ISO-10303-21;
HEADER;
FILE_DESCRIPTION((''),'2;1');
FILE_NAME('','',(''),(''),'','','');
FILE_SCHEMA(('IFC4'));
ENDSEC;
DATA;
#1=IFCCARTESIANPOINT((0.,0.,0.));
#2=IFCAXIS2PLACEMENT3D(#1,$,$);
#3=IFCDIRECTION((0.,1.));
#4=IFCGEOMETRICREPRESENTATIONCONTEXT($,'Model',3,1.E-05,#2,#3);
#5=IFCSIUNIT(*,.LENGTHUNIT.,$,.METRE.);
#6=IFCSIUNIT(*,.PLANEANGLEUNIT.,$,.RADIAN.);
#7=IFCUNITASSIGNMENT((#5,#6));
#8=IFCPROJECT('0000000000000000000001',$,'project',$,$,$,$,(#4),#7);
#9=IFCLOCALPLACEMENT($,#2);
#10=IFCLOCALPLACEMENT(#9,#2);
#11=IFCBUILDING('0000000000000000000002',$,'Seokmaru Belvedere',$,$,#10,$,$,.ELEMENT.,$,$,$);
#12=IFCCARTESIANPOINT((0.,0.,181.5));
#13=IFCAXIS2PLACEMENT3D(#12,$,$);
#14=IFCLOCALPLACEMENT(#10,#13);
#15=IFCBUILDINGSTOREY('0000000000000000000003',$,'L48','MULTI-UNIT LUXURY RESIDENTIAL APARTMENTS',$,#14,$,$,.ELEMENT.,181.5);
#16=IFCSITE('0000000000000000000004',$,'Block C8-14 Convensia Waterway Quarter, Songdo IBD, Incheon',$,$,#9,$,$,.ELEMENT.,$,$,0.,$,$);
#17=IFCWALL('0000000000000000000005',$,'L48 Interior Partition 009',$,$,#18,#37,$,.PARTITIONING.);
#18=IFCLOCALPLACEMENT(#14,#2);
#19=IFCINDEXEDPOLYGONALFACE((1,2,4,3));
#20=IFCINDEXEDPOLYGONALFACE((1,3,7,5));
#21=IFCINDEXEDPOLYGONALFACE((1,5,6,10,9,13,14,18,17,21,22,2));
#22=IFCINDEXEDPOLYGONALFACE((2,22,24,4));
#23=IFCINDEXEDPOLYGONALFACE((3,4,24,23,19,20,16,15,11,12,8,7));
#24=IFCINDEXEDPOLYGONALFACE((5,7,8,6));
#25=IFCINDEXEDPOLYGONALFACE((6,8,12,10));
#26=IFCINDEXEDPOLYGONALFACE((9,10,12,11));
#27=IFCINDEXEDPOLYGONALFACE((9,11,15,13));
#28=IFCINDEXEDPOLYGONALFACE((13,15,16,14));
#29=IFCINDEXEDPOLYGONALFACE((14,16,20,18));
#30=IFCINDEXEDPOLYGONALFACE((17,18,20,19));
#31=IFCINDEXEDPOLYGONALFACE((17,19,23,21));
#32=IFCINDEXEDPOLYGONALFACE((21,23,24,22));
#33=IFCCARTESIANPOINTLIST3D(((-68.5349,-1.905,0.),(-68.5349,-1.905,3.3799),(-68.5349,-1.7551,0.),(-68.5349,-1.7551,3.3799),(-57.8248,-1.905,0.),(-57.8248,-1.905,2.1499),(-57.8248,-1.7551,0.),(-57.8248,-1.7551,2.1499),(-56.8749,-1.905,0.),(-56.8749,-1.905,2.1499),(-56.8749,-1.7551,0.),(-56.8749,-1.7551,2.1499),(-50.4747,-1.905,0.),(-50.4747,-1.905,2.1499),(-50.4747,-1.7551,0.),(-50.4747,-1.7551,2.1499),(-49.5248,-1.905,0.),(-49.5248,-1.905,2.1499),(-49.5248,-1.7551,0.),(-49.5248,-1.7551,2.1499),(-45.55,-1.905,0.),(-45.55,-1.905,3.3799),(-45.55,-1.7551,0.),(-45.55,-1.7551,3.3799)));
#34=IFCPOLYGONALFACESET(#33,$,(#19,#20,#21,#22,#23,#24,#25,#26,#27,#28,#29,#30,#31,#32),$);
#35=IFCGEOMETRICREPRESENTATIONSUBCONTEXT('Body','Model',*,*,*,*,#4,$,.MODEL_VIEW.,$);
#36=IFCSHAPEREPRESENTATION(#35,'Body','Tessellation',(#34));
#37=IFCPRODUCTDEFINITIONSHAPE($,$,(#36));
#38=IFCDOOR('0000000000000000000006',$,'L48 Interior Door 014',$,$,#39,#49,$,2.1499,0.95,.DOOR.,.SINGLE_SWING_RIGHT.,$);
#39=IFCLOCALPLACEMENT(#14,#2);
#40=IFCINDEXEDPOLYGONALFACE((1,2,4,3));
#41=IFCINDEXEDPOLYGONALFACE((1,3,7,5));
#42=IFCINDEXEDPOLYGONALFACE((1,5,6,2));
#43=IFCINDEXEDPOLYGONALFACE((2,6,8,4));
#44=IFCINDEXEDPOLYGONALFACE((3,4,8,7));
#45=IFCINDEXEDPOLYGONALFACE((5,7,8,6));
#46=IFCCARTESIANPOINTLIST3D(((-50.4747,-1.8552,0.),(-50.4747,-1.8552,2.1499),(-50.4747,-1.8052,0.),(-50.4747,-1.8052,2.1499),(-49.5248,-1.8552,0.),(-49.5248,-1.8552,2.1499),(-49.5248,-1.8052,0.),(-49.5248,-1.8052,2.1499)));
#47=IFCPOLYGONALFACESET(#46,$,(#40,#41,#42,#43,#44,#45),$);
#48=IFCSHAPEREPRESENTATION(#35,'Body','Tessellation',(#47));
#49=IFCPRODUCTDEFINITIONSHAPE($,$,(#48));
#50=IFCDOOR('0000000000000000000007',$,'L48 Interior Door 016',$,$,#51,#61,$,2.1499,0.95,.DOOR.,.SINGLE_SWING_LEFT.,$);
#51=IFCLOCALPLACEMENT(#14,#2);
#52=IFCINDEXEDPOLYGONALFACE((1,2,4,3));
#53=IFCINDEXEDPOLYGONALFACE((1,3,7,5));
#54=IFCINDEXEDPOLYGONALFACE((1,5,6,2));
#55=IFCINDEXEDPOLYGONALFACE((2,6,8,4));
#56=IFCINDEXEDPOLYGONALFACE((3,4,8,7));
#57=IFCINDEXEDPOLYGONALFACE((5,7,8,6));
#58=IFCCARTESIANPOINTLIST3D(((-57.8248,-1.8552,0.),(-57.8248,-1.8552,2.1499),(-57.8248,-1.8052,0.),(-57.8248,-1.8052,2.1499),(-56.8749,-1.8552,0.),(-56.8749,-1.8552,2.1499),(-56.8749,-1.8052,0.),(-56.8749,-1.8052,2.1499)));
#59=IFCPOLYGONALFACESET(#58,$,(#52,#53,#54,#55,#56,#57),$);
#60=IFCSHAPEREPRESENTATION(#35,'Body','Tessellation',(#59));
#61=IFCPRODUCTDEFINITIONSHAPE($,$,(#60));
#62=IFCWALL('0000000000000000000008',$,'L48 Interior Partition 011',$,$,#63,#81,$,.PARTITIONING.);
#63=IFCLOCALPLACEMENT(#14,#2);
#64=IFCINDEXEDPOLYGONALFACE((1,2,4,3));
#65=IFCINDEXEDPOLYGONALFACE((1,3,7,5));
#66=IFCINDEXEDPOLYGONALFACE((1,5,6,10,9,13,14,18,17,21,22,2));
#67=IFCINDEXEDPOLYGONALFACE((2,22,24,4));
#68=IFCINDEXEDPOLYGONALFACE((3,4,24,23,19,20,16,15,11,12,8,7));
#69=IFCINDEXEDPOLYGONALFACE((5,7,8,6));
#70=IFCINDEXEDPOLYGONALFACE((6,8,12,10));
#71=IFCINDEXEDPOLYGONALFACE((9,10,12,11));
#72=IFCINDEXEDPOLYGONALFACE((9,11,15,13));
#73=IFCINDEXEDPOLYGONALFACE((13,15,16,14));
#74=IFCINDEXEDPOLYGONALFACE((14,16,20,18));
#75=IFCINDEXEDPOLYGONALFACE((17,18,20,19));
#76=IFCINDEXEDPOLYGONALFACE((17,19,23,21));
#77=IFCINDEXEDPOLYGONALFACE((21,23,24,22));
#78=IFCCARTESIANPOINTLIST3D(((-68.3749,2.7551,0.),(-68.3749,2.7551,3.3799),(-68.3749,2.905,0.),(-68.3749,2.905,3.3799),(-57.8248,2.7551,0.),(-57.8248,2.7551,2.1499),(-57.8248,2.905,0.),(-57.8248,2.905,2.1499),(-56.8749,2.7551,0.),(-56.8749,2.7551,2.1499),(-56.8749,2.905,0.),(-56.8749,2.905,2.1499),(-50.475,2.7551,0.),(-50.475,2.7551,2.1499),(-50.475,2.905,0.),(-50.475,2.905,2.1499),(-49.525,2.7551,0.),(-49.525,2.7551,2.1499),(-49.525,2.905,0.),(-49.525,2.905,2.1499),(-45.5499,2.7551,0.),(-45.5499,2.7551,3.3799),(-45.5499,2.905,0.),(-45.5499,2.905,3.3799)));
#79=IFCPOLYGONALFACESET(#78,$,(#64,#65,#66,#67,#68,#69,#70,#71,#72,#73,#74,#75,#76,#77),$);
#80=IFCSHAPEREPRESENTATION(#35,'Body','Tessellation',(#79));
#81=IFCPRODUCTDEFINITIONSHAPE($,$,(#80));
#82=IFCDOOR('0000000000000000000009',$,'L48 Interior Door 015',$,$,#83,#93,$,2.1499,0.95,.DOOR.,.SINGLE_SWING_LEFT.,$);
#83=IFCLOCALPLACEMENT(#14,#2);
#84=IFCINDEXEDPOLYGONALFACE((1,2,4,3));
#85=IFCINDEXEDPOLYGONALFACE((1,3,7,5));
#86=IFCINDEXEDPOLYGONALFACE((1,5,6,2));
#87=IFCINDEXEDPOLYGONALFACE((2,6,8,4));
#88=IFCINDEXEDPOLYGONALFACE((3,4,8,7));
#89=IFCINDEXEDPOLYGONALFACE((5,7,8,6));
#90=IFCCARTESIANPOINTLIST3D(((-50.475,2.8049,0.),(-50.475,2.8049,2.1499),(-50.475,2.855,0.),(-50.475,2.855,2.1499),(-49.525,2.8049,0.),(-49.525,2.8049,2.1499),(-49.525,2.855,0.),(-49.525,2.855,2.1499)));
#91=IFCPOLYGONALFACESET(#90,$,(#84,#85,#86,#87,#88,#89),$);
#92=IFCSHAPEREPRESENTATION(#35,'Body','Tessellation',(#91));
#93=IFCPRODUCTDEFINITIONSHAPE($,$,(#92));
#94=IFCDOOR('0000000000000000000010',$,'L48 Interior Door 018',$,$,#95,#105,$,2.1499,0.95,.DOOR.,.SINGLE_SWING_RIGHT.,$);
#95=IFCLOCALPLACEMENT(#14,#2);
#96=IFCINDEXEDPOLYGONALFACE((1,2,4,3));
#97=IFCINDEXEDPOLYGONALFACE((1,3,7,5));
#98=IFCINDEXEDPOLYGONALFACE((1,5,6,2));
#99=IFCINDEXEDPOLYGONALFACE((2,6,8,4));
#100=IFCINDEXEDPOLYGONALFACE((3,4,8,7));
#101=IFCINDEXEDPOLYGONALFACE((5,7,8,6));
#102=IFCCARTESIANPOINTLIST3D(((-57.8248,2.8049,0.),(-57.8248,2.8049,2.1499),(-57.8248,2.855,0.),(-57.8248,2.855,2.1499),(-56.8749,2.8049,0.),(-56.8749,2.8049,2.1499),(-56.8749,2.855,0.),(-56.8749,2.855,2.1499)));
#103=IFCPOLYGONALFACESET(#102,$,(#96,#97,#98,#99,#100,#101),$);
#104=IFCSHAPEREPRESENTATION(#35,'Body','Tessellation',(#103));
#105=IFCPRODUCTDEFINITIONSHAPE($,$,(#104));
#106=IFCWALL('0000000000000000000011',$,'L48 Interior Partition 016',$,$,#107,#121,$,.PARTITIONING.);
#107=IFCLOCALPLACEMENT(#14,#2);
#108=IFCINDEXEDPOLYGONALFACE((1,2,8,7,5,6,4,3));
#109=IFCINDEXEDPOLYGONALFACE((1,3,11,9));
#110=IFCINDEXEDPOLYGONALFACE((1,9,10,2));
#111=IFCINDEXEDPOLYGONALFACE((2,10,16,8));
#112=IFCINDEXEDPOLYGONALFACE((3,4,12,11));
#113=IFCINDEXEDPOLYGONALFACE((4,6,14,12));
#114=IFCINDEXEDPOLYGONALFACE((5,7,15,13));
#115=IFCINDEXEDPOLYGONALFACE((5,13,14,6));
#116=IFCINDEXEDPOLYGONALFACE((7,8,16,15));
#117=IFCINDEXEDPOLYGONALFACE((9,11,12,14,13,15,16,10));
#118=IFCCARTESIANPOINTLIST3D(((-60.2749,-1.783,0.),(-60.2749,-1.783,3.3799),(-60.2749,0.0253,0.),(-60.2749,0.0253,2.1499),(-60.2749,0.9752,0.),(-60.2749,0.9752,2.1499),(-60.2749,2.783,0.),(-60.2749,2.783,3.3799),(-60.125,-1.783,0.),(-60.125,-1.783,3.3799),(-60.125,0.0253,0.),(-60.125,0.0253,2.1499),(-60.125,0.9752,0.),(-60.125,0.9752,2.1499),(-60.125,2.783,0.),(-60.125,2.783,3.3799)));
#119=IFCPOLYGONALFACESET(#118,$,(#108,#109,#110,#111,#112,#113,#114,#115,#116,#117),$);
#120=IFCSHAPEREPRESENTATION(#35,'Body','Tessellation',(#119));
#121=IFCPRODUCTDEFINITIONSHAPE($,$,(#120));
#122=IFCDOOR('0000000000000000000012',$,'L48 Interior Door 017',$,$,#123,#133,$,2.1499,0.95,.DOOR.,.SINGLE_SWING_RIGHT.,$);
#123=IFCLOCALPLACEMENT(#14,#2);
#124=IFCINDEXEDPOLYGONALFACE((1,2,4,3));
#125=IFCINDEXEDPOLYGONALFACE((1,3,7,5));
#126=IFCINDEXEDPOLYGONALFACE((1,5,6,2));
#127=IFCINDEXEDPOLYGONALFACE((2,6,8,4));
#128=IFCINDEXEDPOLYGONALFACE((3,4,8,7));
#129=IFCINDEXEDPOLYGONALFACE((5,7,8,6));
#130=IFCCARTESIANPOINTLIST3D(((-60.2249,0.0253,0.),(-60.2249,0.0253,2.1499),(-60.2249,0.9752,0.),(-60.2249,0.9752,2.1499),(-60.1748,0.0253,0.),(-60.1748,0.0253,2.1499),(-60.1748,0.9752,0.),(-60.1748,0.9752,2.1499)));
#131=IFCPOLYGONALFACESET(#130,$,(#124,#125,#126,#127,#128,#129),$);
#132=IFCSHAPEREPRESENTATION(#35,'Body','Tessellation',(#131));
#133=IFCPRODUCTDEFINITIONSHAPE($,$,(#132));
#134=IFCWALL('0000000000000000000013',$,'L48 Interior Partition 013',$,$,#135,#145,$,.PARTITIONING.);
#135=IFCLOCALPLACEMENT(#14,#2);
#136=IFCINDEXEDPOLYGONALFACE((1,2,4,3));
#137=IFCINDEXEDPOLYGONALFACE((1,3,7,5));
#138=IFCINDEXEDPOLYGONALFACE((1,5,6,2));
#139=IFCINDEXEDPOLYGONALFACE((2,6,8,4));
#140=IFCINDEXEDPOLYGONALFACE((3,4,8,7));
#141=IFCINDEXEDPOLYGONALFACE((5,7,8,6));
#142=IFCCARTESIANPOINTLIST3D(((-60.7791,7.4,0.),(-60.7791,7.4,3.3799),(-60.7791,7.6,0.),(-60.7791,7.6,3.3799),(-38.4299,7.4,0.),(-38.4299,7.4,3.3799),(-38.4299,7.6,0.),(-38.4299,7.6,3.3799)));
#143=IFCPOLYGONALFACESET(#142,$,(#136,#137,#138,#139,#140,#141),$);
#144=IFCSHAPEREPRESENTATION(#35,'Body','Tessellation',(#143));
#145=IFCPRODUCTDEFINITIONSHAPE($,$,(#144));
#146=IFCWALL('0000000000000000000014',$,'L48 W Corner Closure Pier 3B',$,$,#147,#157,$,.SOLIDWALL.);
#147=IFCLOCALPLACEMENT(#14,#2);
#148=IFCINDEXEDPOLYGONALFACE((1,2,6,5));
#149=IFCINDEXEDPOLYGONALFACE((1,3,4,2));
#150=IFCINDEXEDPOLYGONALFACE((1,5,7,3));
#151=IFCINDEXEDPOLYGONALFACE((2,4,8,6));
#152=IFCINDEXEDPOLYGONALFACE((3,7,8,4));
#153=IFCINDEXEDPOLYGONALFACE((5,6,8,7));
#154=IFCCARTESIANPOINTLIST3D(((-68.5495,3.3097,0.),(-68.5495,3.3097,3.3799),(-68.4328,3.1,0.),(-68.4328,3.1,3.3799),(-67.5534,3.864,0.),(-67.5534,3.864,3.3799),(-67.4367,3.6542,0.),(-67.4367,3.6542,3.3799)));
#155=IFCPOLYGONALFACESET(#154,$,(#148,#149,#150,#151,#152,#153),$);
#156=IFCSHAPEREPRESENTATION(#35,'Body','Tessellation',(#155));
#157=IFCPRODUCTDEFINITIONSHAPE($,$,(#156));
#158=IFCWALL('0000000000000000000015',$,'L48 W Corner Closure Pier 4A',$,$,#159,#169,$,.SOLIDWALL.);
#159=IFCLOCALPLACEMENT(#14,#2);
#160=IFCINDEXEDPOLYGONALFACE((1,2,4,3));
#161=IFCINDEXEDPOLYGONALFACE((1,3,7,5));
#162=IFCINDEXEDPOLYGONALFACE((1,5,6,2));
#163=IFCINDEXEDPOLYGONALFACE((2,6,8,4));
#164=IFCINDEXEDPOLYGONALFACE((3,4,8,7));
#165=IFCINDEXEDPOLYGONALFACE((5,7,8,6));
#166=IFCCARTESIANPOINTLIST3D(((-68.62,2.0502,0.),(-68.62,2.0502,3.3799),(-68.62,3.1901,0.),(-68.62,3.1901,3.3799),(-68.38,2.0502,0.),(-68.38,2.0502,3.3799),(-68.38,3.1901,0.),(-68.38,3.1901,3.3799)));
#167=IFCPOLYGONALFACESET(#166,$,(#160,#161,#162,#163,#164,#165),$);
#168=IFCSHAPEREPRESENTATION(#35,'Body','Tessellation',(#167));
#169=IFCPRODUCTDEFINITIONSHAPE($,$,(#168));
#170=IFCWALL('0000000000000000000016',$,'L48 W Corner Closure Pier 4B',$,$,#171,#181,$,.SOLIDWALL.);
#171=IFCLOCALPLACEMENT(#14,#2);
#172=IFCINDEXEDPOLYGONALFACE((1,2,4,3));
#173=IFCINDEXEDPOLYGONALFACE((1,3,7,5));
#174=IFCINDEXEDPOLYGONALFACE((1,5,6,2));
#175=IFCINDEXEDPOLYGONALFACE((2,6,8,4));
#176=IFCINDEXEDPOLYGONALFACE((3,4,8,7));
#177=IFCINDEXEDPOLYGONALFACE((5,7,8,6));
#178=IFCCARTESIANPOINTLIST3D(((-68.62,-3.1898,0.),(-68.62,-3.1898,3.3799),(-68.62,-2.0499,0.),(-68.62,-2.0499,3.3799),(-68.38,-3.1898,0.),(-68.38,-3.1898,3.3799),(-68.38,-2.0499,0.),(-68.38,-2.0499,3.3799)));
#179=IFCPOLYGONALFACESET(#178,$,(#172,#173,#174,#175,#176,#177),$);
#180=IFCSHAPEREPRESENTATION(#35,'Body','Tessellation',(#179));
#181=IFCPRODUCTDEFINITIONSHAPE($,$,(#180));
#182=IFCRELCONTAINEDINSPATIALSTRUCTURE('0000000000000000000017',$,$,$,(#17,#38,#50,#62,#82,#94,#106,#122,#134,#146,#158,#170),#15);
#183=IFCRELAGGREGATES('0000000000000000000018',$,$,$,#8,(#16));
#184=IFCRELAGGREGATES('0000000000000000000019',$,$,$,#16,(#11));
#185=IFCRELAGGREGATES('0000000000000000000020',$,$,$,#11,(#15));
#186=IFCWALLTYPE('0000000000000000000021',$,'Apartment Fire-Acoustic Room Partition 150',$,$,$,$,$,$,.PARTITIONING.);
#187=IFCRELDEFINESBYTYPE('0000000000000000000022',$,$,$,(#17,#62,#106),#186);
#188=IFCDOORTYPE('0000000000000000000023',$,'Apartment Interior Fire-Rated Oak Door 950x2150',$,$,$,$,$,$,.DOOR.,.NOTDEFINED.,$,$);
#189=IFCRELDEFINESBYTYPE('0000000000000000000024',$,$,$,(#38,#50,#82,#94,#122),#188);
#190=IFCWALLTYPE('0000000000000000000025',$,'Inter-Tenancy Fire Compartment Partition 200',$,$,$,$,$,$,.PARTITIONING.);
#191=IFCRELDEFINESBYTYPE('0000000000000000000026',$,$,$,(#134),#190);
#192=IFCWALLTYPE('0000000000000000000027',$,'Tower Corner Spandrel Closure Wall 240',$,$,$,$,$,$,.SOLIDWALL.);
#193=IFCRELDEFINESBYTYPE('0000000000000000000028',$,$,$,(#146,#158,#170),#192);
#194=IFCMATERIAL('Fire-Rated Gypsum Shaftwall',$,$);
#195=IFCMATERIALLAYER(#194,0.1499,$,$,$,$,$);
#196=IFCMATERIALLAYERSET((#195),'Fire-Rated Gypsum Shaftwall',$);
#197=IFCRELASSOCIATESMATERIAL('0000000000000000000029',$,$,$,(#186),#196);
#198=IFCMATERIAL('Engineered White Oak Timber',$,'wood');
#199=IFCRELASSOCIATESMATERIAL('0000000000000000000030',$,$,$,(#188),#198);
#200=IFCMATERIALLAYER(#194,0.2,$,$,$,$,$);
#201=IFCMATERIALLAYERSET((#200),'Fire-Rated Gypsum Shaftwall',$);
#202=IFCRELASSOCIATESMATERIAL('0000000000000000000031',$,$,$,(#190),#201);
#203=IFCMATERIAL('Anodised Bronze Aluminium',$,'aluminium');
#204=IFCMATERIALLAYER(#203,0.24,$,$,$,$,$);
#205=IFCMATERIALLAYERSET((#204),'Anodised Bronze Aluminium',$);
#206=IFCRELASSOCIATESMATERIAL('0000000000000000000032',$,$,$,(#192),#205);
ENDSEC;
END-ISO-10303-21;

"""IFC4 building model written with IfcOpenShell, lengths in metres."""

from ifc_helpers import new_model, si_unit, direction, frame, frame_2d, origin, place, context, subcontext, project, spatial, rectangle, extrude, source, transform, mapped, material, layer, layer_set, type_object, type_shapes, element, fill, save


model = new_model("IFC4")

# Units and contexts
model_context = context("Model", 3, precision=1e-05, world=origin(), true_north=direction((0.0, 1.0)))
body_context = subcontext(model_context, "Body", "Model", "MODEL_VIEW")
ifc_project = project(units=[si_unit("LENGTHUNIT", "METRE"), si_unit("PLANEANGLEUNIT", "RADIAN")], contexts=[model_context])

# Site, building, storey
site_placement = place(None, origin())
site = spatial("IfcSite", under=ifc_project, at=site_placement, Name="Block C8-14 Convensia Waterway Quarter, Songdo IBD, Incheon", CompositionType="ELEMENT", RefElevation=0.0)
building_placement = place(site_placement, origin())
building = spatial("IfcBuilding", under=site, at=building_placement, Name="Seokmaru Belvedere", CompositionType="ELEMENT")
storey_placement = place(building_placement, frame((0.0, 0.0, 181.5)))
storey = spatial("IfcBuildingStorey", under=building, at=storey_placement, Name="L48", Description="MULTI-UNIT LUXURY RESIDENTIAL APARTMENTS", CompositionType="ELEMENT", Elevation=181.5)

# Shared definitions
ifc_material_1 = material(Name="Anodised Bronze Aluminium", Category="aluminium")

# Walls, openings, doors
ifc_material_2 = material(Name="Fire-Rated Gypsum Shaftwall")
ifc_layer_1 = layer(ifc_material_2, 0.1499)
ifc_layer_set_1 = layer_set([ifc_layer_1], Name="Fire-Rated Gypsum Shaftwall")
wall_type_1 = type_object("IfcWallType", Name="Apartment Fire-Acoustic Room Partition 150", PredefinedType="PARTITIONING", material=ifc_layer_set_1)
wall_1_placement = place(storey_placement, frame((-68.5349, -1.8301, 0.0), z_axis=(0.0, 0.0, 1.0), x_axis=(1.0, 0.0, 0.0)))
wall_1 = element("IfcWall", 1, at=wall_1_placement, inside=storey, type_object=wall_type_1, Name="L48 Interior Partition 009", PredefinedType="PARTITIONING", context=body_context, shape_type="SweptSolid", body=[
    extrude(rectangle(XDim=22.9849, YDim=0.1499, at=frame_2d((11.4924, 0.0))), origin(), (0.0, 0.0, 1.0), 3.3799),
])
opening_1_placement = place(wall_1_placement, frame((18.0601, 0.0, 0.0)))
opening_1 = element("IfcOpeningElement", 2, at=opening_1_placement, cuts=wall_1, PredefinedType="OPENING", context=body_context, shape_type="SweptSolid", body=[
    extrude(rectangle(XDim=0.95, YDim=2.1499, at=frame_2d((0.4751, 1.075))), frame((0.0, 0.085, 0.0), z_axis=(0.0, -1.0, 0.0), x_axis=(1.0, 0.0, 0.0)), (0.0, 0.0, 1.0), 0.1699),
])
opening_2_placement = place(wall_1_placement, frame((10.71, 0.0, 0.0)))
opening_2 = element("IfcOpeningElement", 3, at=opening_2_placement, cuts=wall_1, PredefinedType="OPENING", context=body_context, shape_type="SweptSolid", body=[
    extrude(rectangle(XDim=0.95, YDim=2.1499, at=frame_2d((0.4751, 1.075))), frame((0.0, 0.085, 0.0), z_axis=(0.0, -1.0, 0.0), x_axis=(1.0, 0.0, 0.0)), (0.0, 0.0, 1.0), 0.1699),
])
ifc_material_3 = material(Name="Engineered White Oak Timber", Category="wood")
door_type = type_object("IfcDoorType", Name="Apartment Interior Fire-Rated Oak Door 950x2150", OperationType="NOTDEFINED", PredefinedType="DOOR", material=ifc_material_3)
shared_shape_1 = source(origin(), body_context, "Body", "SweptSolid", [
    extrude(rectangle(XDim=0.95, YDim=2.1499, at=frame_2d((0.4751, 1.075))), frame((0.0, 0.0249, 0.0), z_axis=(0.0, -1.0, 0.0), x_axis=(1.0, 0.0, 0.0)), (0.0, 0.0, 1.0), 0.05),
])
type_shapes(door_type, [shared_shape_1])
door_1_placement = place(opening_1_placement, origin())
door_1 = element("IfcDoor", 4, at=door_1_placement, inside=storey, type_object=door_type, Name="L48 Interior Door 014", OperationType="SINGLE_SWING_RIGHT", OverallHeight=2.1499, OverallWidth=0.95, PredefinedType="DOOR", context=body_context, shape_type="MappedRepresentation", body=[
    mapped(shared_shape_1, transform((0.0, 0.0, 0.0), scale=1.0)),
])
fill(opening_1, door_1)
door_2_placement = place(opening_2_placement, origin())
door_2 = element("IfcDoor", 5, at=door_2_placement, inside=storey, type_object=door_type, Name="L48 Interior Door 016", OperationType="SINGLE_SWING_LEFT", OverallHeight=2.1499, OverallWidth=0.95, PredefinedType="DOOR", context=body_context, shape_type="MappedRepresentation", body=[
    mapped(shared_shape_1, transform((0.0, 0.0, 0.0), scale=1.0)),
])
fill(opening_2, door_2)
wall_2_placement = place(storey_placement, frame((-68.375, 2.8301, 0.0), z_axis=(0.0, 0.0, 1.0), x_axis=(1.0, 0.0, 0.0)))
wall_2 = element("IfcWall", 6, at=wall_2_placement, inside=storey, type_object=wall_type_1, Name="L48 Interior Partition 011", PredefinedType="PARTITIONING", context=body_context, shape_type="SweptSolid", body=[
    extrude(rectangle(XDim=22.825, YDim=0.1499, at=frame_2d((11.4126, 0.0))), origin(), (0.0, 0.0, 1.0), 3.3799),
])
opening_3_placement = place(wall_2_placement, frame((17.8999, 0.0, 0.0)))
opening_3 = element("IfcOpeningElement", 7, at=opening_3_placement, cuts=wall_2, PredefinedType="OPENING", context=body_context, shape_type="SweptSolid", body=[
    extrude(rectangle(XDim=0.95, YDim=2.1499, at=frame_2d((0.4751, 1.075))), frame((0.0, 0.085, 0.0), z_axis=(0.0, -1.0, 0.0), x_axis=(1.0, 0.0, 0.0)), (0.0, 0.0, 1.0), 0.1699),
])
opening_4_placement = place(wall_2_placement, frame((10.55, 0.0, 0.0)))
opening_4 = element("IfcOpeningElement", 8, at=opening_4_placement, cuts=wall_2, PredefinedType="OPENING", context=body_context, shape_type="SweptSolid", body=[
    extrude(rectangle(XDim=0.95, YDim=2.1499, at=frame_2d((0.4751, 1.075))), frame((0.0, 0.085, 0.0), z_axis=(0.0, -1.0, 0.0), x_axis=(1.0, 0.0, 0.0)), (0.0, 0.0, 1.0), 0.1699),
])
door_3_placement = place(opening_3_placement, origin())
door_3 = element("IfcDoor", 9, at=door_3_placement, inside=storey, type_object=door_type, Name="L48 Interior Door 015", OperationType="SINGLE_SWING_LEFT", OverallHeight=2.1499, OverallWidth=0.95, PredefinedType="DOOR", context=body_context, shape_type="MappedRepresentation", body=[
    mapped(shared_shape_1, transform((0.0, 0.0, 0.0), scale=1.0)),
])
fill(opening_3, door_3)
door_4_placement = place(opening_4_placement, origin())
door_4 = element("IfcDoor", 10, at=door_4_placement, inside=storey, type_object=door_type, Name="L48 Interior Door 018", OperationType="SINGLE_SWING_RIGHT", OverallHeight=2.1499, OverallWidth=0.95, PredefinedType="DOOR", context=body_context, shape_type="MappedRepresentation", body=[
    mapped(shared_shape_1, transform((0.0, 0.0, 0.0), scale=1.0)),
])
fill(opening_4, door_4)

# Wall, opening, door
wall_3_placement = place(storey_placement, frame((-60.2, -1.783, 0.0), z_axis=(0.0, 0.0, 1.0), x_axis=(0.0, 1.0, 0.0)))
wall_3 = element("IfcWall", 11, at=wall_3_placement, inside=storey, type_object=wall_type_1, Name="L48 Interior Partition 016", PredefinedType="PARTITIONING", context=body_context, shape_type="SweptSolid", body=[
    extrude(rectangle(XDim=4.5659, YDim=0.1499, at=frame_2d((2.283, 0.0))), origin(), (0.0, 0.0, 1.0), 3.3799),
])
opening_5_placement = place(wall_3_placement, frame((1.8081, 0.0, 0.0)))
opening_5 = element("IfcOpeningElement", 12, at=opening_5_placement, cuts=wall_3, PredefinedType="OPENING", context=body_context, shape_type="SweptSolid", body=[
    extrude(rectangle(XDim=0.95, YDim=2.1499, at=frame_2d((0.4751, 1.075))), frame((0.0, 0.085, 0.0), z_axis=(0.0, -1.0, 0.0), x_axis=(1.0, 0.0, 0.0)), (0.0, 0.0, 1.0), 0.1699),
])
door_5_placement = place(opening_5_placement, origin())
door_5 = element("IfcDoor", 13, at=door_5_placement, inside=storey, type_object=door_type, Name="L48 Interior Door 017", OperationType="SINGLE_SWING_RIGHT", OverallHeight=2.1499, OverallWidth=0.95, PredefinedType="DOOR", context=body_context, shape_type="MappedRepresentation", body=[
    mapped(shared_shape_1, transform((0.0, 0.0, 0.0), scale=1.0)),
])
fill(opening_5, door_5)

# Walls
ifc_layer_2 = layer(ifc_material_2, 0.2)
ifc_layer_set_2 = layer_set([ifc_layer_2], Name="Fire-Rated Gypsum Shaftwall")
wall_type_2 = type_object("IfcWallType", Name="Inter-Tenancy Fire Compartment Partition 200", PredefinedType="PARTITIONING", material=ifc_layer_set_2)
wall_4_placement = place(storey_placement, frame((-60.7791, 7.5, 0.0), z_axis=(0.0, 0.0, 1.0), x_axis=(1.0, 0.0, 0.0)))
element("IfcWall", 14, at=wall_4_placement, inside=storey, type_object=wall_type_2, Name="L48 Interior Partition 013", PredefinedType="PARTITIONING", context=body_context, shape_type="SweptSolid", body=[
    extrude(rectangle(XDim=22.3491, YDim=0.2, at=frame_2d((11.1746, 0.0))), origin(), (0.0, 0.0, 1.0), 3.3799),
])
ifc_layer_3 = layer(ifc_material_1, 0.24)
ifc_layer_set_3 = layer_set([ifc_layer_3], Name="Anodised Bronze Aluminium")
wall_type_3 = type_object("IfcWallType", Name="Tower Corner Spandrel Closure Wall 240", PredefinedType="SOLIDWALL", material=ifc_layer_set_3)
for number, where, z_axis, x_axis, name in (
    (15, (-67.4951, 3.759, 0.0), (0.0, 0.0, 1.0), (-0.873854, -0.486188, 0.0), "L48 W Corner Closure Pier 3B"),
    (16, (-68.5, 3.1899, 0.0), (0.0, 0.0, 1.0), (0.0, -1.0, 0.0), "L48 W Corner Closure Pier 4A"),
    (17, (-68.5, -2.05, 0.0), (0.0, 0.0, 1.0), (0.0, -1.0, 0.0), "L48 W Corner Closure Pier 4B"),
):
    element("IfcWall", number, at=place(storey_placement, frame(where, z_axis=z_axis, x_axis=x_axis)), inside=storey, type_object=wall_type_3, Name=name, PredefinedType="SOLIDWALL", context=body_context, shape_type="SweptSolid", body=[
        extrude(rectangle(XDim=1.1399, YDim=0.24, at=frame_2d((0.5698, 0.0))), origin(), (0.0, 0.0, 1.0), 3.3799),
    ])

save(model, "model.ifc")
